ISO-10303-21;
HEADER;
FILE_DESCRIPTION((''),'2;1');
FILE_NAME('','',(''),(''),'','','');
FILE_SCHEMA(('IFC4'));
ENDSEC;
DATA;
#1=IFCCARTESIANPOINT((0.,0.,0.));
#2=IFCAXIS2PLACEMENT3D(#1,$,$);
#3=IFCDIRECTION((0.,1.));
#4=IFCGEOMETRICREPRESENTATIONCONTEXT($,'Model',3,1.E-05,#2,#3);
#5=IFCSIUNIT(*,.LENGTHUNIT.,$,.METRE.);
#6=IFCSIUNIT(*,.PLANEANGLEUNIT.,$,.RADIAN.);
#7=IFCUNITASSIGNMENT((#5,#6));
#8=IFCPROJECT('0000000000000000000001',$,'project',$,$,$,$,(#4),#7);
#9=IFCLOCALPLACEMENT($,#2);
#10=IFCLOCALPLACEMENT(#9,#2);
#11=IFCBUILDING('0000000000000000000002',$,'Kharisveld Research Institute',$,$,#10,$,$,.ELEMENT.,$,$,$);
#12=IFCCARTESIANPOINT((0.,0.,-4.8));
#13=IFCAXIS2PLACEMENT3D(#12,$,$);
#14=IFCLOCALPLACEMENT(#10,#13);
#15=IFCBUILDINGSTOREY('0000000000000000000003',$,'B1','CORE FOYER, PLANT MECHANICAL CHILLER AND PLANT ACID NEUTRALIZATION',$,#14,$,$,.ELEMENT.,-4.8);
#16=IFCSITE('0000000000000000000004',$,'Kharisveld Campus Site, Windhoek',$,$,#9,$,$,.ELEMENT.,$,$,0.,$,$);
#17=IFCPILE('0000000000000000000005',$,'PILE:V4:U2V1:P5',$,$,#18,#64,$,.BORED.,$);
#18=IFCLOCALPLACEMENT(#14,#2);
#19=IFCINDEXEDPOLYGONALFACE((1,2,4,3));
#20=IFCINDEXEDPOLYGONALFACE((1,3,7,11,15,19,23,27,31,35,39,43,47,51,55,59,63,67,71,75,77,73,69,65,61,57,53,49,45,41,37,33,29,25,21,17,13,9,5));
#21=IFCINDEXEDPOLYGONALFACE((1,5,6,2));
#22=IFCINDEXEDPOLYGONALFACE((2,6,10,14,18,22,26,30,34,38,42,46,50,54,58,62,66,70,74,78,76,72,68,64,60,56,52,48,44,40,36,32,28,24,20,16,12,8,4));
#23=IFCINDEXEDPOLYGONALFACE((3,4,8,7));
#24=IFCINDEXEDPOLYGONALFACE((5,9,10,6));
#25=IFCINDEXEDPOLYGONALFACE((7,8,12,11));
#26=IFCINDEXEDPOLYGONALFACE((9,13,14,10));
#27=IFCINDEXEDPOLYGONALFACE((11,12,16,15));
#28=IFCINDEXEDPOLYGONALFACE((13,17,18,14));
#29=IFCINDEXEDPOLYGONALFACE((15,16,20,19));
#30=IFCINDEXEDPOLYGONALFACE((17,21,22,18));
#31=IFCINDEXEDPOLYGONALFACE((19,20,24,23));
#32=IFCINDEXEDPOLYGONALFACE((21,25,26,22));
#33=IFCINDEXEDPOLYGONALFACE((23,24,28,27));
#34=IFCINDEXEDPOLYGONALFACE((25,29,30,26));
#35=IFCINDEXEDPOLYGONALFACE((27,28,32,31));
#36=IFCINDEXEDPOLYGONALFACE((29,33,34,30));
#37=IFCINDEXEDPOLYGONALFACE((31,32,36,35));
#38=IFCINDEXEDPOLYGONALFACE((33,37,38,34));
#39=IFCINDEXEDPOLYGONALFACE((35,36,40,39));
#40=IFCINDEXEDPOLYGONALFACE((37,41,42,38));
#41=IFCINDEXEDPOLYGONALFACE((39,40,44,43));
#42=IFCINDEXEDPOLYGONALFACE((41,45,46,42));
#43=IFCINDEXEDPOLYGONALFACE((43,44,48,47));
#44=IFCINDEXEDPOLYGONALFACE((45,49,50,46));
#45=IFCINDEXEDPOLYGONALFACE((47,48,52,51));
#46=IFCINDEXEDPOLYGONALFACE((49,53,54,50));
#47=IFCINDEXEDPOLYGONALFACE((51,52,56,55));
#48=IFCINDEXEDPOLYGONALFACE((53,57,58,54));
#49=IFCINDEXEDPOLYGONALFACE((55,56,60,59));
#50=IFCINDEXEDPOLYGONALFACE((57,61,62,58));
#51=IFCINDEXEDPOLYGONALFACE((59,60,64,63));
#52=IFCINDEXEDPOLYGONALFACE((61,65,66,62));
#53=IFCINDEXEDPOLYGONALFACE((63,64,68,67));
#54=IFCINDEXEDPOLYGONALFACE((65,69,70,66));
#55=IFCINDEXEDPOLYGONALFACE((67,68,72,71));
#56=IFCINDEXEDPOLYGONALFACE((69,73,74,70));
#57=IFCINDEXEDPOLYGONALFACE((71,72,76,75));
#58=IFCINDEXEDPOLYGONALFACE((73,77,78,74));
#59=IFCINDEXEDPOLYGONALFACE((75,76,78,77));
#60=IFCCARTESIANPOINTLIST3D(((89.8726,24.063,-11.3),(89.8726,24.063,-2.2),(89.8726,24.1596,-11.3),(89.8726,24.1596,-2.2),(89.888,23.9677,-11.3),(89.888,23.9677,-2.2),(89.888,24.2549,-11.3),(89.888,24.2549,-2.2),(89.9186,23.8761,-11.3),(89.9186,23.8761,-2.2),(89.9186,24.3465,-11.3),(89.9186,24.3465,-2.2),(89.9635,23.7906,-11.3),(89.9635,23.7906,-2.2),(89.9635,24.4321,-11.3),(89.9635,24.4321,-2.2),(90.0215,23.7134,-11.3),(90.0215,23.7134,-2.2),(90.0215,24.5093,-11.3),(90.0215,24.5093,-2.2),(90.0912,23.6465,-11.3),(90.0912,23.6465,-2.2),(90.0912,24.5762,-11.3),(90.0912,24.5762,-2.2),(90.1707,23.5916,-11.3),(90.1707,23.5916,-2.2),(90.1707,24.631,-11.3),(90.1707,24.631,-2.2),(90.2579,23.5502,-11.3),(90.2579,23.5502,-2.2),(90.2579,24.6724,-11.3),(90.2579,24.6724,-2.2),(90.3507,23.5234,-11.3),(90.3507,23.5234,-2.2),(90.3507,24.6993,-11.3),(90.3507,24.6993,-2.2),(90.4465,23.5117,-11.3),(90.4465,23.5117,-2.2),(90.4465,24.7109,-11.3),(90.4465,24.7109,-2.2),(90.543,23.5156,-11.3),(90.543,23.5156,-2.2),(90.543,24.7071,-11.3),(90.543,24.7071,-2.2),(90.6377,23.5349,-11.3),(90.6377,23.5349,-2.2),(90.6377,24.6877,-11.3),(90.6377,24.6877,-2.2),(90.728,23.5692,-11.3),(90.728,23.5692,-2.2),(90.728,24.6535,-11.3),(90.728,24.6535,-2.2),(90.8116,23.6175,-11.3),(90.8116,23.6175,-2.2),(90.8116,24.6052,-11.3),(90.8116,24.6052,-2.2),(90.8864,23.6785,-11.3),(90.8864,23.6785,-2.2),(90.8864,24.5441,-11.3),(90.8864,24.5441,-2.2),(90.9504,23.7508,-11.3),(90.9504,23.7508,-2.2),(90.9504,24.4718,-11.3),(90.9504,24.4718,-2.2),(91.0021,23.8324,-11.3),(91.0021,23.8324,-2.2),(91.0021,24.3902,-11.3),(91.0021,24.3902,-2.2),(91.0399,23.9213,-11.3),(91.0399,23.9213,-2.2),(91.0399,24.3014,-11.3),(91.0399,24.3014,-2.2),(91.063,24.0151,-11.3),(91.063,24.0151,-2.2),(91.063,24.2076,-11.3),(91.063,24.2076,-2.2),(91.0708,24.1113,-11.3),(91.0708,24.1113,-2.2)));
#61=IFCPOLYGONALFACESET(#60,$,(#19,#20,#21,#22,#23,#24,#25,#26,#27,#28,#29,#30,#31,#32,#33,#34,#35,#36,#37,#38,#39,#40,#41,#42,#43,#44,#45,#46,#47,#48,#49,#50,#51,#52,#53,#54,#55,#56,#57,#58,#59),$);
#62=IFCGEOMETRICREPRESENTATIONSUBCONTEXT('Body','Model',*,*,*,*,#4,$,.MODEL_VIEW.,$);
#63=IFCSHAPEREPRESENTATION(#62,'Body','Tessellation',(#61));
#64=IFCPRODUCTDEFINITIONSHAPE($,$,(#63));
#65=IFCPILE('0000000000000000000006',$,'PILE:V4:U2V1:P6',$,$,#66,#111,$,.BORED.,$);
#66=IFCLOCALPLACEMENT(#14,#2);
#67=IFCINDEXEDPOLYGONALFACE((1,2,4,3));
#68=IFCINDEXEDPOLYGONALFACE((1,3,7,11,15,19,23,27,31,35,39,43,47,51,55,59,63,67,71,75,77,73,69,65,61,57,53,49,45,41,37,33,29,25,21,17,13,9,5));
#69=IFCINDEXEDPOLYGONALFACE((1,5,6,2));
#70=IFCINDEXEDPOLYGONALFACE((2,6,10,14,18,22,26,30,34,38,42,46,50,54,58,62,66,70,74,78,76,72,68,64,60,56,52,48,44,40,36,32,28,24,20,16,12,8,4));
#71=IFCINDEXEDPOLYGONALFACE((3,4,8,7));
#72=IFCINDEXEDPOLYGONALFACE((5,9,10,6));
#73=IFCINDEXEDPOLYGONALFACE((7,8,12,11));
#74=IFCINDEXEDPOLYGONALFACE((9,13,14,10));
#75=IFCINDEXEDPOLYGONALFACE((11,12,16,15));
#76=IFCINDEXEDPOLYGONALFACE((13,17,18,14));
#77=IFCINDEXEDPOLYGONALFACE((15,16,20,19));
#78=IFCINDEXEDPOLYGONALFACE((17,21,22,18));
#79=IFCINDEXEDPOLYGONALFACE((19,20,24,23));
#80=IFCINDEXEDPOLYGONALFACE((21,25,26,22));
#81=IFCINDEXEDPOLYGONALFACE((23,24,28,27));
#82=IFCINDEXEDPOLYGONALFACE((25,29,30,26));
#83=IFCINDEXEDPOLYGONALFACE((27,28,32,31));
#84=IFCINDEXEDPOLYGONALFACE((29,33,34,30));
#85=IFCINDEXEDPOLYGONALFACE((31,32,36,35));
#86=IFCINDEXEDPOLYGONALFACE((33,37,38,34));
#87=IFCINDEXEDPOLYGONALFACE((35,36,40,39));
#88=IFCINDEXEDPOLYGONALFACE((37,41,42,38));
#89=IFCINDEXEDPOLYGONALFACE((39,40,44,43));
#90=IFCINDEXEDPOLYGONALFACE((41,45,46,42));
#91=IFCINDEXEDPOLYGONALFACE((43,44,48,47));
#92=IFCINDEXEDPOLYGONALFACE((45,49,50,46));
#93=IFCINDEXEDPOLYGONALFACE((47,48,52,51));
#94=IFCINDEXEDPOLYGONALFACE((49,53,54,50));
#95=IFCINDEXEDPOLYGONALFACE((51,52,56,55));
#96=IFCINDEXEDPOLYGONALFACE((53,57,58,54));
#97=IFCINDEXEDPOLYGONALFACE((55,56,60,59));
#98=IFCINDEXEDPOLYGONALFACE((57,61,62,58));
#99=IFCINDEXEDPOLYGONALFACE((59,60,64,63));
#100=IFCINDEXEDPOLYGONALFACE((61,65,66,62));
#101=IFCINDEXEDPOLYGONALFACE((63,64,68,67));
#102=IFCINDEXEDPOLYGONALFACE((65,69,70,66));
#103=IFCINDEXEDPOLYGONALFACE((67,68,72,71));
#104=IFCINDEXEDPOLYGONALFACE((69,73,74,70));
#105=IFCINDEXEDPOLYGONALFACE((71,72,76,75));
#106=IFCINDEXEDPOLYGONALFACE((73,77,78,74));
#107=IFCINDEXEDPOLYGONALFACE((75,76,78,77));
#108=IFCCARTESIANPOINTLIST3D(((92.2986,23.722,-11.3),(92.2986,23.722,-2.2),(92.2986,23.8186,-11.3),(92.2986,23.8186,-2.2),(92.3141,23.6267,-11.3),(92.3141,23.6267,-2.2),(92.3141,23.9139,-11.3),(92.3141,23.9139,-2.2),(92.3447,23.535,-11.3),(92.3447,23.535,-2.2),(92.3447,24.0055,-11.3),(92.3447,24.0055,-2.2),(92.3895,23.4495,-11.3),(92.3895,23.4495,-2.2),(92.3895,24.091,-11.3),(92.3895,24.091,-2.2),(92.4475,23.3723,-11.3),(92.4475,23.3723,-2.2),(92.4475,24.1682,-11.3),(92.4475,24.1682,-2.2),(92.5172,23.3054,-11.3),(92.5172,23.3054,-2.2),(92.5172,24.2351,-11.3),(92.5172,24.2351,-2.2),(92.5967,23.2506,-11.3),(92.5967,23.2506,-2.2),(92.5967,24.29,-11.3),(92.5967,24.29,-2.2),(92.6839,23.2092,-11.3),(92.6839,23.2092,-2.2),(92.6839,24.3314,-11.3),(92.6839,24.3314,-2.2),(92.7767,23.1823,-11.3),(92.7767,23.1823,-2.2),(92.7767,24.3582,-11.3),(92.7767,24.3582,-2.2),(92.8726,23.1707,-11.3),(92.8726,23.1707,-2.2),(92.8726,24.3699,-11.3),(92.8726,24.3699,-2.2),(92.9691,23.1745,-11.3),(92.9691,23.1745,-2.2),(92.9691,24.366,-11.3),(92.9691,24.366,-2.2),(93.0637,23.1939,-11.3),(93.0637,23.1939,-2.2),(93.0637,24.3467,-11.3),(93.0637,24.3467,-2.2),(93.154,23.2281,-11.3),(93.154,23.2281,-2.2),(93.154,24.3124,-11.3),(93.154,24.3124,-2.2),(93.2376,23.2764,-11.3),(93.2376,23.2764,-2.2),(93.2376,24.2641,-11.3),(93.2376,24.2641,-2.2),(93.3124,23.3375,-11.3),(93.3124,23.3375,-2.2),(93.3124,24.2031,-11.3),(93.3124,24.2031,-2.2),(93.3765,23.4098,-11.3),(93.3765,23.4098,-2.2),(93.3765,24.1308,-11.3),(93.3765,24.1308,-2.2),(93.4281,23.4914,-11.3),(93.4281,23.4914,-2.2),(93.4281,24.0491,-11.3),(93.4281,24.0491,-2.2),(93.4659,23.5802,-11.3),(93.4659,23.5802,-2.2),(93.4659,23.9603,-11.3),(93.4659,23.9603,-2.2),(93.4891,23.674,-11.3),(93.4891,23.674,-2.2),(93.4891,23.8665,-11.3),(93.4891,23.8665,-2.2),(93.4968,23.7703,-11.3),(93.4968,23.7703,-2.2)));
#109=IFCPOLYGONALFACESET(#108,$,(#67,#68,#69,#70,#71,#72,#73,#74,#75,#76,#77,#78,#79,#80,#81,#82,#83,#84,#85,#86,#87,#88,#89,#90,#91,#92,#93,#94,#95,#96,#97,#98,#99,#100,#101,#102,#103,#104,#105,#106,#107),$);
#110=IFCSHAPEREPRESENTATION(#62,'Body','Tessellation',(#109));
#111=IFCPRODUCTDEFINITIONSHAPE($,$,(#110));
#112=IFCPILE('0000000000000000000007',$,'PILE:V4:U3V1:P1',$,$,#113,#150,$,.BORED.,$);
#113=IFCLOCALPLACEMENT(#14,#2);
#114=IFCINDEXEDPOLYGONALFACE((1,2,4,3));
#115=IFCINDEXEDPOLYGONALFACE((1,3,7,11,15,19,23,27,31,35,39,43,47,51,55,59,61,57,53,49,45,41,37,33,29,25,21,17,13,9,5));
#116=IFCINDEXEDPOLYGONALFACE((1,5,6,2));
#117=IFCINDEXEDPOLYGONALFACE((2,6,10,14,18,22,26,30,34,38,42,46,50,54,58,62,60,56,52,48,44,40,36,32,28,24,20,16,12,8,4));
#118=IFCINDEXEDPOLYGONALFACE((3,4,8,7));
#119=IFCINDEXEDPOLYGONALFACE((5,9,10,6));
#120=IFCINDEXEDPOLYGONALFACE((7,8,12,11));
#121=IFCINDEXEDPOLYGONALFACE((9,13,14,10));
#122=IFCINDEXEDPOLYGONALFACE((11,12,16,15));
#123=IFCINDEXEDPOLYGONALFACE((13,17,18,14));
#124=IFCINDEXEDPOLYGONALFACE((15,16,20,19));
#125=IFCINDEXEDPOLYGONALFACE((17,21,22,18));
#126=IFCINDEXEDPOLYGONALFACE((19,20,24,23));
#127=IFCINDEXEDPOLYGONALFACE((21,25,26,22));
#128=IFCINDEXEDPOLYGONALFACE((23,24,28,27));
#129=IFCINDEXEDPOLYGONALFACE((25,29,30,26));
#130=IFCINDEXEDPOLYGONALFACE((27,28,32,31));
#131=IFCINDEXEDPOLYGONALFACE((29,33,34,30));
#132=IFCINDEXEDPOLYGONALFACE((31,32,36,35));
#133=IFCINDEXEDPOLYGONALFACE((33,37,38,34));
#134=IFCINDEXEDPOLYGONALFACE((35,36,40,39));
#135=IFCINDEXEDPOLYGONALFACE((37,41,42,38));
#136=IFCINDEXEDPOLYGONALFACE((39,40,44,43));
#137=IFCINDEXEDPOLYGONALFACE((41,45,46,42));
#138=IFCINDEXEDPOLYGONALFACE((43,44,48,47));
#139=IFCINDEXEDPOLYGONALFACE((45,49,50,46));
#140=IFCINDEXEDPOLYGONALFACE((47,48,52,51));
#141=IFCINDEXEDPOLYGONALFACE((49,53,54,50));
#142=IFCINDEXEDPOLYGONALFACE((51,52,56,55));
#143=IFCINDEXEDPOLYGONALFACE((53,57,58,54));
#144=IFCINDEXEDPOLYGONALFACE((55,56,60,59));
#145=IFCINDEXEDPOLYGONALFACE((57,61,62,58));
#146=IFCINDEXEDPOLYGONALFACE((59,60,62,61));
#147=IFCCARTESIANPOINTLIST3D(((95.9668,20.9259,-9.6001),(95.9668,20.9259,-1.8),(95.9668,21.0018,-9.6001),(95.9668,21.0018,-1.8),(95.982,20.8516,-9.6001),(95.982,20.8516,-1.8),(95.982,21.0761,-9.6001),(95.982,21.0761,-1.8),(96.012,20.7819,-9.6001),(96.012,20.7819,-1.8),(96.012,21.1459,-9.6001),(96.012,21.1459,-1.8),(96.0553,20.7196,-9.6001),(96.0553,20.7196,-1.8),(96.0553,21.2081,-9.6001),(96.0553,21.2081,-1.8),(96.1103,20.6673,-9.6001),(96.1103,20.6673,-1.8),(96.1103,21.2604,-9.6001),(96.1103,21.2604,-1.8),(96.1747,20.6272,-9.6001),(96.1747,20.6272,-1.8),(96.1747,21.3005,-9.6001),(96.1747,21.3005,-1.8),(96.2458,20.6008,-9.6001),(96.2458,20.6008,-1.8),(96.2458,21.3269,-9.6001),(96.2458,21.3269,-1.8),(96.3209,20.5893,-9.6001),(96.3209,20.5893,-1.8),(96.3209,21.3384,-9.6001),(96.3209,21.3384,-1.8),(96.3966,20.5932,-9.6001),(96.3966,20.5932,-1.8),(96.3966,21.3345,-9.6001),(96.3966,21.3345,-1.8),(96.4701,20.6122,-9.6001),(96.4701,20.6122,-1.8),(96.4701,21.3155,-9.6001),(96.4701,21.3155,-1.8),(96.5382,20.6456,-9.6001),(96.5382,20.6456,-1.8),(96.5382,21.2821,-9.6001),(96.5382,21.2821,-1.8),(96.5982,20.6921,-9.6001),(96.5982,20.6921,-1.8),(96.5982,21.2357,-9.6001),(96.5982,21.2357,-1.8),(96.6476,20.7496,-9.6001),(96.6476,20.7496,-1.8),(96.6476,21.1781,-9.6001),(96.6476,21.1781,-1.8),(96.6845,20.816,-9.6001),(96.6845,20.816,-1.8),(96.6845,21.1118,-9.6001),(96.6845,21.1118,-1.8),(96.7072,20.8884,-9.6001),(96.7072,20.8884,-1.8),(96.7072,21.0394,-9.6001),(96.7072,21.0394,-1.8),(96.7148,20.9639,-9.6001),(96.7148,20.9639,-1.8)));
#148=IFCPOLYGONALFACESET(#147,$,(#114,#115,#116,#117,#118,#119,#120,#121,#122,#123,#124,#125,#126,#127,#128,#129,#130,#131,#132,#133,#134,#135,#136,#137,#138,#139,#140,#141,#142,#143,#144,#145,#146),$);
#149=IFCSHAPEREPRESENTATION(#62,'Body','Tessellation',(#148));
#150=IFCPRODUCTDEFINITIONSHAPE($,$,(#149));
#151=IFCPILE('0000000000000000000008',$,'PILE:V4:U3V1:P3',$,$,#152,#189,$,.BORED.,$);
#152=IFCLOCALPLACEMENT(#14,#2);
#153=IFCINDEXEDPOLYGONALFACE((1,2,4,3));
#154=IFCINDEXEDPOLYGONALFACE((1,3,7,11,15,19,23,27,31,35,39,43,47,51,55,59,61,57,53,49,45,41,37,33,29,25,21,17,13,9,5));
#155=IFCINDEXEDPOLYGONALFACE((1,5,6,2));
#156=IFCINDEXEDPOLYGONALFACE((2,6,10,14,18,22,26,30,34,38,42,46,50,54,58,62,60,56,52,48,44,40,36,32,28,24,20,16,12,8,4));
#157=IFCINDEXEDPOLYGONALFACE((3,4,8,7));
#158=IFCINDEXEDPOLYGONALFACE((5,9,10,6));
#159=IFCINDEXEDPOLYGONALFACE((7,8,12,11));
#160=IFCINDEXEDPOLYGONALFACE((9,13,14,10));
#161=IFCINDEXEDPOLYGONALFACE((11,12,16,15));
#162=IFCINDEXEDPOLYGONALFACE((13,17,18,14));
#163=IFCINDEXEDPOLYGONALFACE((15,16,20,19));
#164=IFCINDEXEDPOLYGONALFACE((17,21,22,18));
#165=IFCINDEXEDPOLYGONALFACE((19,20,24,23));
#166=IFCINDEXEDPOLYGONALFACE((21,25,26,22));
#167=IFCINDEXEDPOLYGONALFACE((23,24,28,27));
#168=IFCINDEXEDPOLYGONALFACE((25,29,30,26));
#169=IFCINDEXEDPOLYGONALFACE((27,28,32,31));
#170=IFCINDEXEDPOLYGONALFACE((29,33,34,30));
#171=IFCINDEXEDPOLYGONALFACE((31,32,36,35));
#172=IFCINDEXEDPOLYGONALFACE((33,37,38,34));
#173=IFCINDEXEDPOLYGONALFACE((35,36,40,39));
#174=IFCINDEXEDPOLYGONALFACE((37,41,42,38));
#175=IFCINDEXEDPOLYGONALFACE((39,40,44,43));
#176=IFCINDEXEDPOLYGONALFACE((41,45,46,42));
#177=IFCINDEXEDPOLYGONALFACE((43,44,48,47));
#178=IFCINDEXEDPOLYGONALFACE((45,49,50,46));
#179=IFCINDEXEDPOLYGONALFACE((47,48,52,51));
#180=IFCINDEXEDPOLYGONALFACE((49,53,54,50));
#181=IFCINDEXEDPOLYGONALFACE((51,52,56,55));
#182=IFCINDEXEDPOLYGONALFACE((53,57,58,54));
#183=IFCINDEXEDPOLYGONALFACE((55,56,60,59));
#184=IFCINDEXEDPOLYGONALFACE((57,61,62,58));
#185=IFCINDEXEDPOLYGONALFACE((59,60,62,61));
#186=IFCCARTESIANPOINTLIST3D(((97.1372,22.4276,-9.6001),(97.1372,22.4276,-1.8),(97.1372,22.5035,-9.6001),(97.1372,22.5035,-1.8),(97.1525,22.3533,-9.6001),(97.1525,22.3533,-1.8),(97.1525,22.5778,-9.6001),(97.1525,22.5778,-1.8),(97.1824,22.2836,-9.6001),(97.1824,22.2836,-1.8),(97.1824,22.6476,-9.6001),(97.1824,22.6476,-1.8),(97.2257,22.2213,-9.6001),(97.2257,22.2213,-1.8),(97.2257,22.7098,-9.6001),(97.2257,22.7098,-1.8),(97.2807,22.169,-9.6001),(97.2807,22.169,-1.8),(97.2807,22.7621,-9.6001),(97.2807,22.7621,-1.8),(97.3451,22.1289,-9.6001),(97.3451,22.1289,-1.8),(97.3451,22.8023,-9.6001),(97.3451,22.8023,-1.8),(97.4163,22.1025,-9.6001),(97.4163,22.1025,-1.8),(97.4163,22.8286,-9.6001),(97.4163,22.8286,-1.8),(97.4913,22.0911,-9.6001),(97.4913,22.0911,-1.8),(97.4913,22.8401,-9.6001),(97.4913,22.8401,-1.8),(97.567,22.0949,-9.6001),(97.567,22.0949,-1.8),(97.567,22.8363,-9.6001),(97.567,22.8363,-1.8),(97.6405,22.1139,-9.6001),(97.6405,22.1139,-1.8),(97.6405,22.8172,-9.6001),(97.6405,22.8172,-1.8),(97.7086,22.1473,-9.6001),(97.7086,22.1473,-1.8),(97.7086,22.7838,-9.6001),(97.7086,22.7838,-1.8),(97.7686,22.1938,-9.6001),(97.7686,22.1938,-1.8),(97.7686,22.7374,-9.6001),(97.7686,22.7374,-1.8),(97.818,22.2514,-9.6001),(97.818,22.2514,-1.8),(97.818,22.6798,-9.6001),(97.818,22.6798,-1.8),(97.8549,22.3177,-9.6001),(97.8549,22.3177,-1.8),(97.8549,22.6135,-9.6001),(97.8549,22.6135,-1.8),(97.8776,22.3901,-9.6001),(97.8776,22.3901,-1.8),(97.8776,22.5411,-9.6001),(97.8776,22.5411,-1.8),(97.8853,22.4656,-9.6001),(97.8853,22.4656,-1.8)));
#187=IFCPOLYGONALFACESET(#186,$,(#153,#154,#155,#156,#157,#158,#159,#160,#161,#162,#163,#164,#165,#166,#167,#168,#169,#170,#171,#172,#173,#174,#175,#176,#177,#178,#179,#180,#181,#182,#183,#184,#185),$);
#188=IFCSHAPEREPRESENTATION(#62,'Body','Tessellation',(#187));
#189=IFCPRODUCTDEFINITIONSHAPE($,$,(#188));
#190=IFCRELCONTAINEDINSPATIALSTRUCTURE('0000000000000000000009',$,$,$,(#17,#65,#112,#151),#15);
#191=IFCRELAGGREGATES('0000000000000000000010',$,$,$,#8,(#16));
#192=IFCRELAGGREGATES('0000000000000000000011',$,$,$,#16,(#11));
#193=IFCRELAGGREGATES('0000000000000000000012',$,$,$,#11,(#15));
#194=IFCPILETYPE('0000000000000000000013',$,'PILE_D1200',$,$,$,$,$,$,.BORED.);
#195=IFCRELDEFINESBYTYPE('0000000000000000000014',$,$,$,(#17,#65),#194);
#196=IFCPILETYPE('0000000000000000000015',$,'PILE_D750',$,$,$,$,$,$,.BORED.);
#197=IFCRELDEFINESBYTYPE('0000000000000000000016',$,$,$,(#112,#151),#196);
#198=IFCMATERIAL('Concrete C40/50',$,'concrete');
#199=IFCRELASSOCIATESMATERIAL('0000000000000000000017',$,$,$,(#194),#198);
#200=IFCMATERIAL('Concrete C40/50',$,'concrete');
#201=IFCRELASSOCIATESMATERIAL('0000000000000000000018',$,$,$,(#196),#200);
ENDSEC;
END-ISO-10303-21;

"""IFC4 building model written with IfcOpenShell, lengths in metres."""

from ifc_helpers import new_model, si_unit, direction, frame, origin, origin_2d, place, context, subcontext, project, spatial, circle, extrude, material, material_profile, profile_set, type_object, element, save


model = new_model("IFC4")

# Units and contexts
model_context = context("Model", 3, precision=1e-05, world=origin(), true_north=direction((0.0, 1.0)))
body_context = subcontext(model_context, "Body", "Model", "MODEL_VIEW")
ifc_project = project(units=[si_unit("LENGTHUNIT", "METRE"), si_unit("PLANEANGLEUNIT", "RADIAN")], contexts=[model_context])

# Site, building, storey
site_placement = place(None, origin())
site = spatial("IfcSite", under=ifc_project, at=site_placement, Name="Kharisveld Campus Site, Windhoek", CompositionType="ELEMENT", RefElevation=0.0)
building_placement = place(site_placement, origin())
building = spatial("IfcBuilding", under=site, at=building_placement, Name="Kharisveld Research Institute", CompositionType="ELEMENT")
storey_placement = place(building_placement, frame((0.0, 0.0, -4.8)))
storey = spatial("IfcBuildingStorey", under=building, at=storey_placement, Name="B1", Description="CORE FOYER, PLANT MECHANICAL CHILLER AND PLANT ACID NEUTRALIZATION", CompositionType="ELEMENT", Elevation=-4.8)

# Piles
ifc_material_1 = material(Name="Concrete C40/50", Category="concrete")
ifc_material_profile_1 = material_profile(ifc_material_1, circle(Radius=0.6001, at=origin_2d()))
ifc_profile_set_1 = profile_set([ifc_material_profile_1], Name="Concrete C40/50")
pile_type_1 = type_object("IfcPileType", Name="PILE_D1200", PredefinedType="BORED", material=ifc_profile_set_1)
for number, where, z_axis, x_axis, name in (
    (1, (90.4707, 24.1113, -2.2), (0.0, 0.0, -1.0), (1.0, 0.0, 0.0), "PILE:V4:U2V1:P5"),
    (2, (92.8967, 23.7703, -2.2), (0.0, 0.0, -1.0), (1.0, 0.0, 0.0), "PILE:V4:U2V1:P6"),
):
    element("IfcPile", number, at=place(storey_placement, frame(where, z_axis=z_axis, x_axis=x_axis)), inside=storey, type_object=pile_type_1, Name=name, PredefinedType="BORED", context=body_context, shape_type="SweptSolid", body=[
        extrude(circle(Radius=0.6001, at=origin_2d()), origin(), (0.0, 0.0, 1.0), 9.1001),
    ])
ifc_material_2 = material(Name="Concrete C40/50", Category="concrete")
ifc_material_profile_2 = material_profile(ifc_material_2, circle(Radius=0.375, at=origin_2d()))
ifc_profile_set_2 = profile_set([ifc_material_profile_2], Name="Concrete C40/50")
pile_type_2 = type_object("IfcPileType", Name="PILE_D750", PredefinedType="BORED", material=ifc_profile_set_2)
for number, where, z_axis, x_axis, name in (
    (3, (96.3398, 20.9639, -1.8), (0.0, 0.0, -1.0), (1.0, 0.0, 0.0), "PILE:V4:U3V1:P1"),
    (4, (97.5103, 22.4656, -1.8), (0.0, 0.0, -1.0), (1.0, 0.0, 0.0), "PILE:V4:U3V1:P3"),
):
    element("IfcPile", number, at=place(storey_placement, frame(where, z_axis=z_axis, x_axis=x_axis)), inside=storey, type_object=pile_type_2, Name=name, PredefinedType="BORED", context=body_context, shape_type="SweptSolid", body=[
        extrude(circle(Radius=0.375, at=origin_2d()), origin(), (0.0, 0.0, 1.0), 7.8),
    ])

save(model, "model.ifc")
